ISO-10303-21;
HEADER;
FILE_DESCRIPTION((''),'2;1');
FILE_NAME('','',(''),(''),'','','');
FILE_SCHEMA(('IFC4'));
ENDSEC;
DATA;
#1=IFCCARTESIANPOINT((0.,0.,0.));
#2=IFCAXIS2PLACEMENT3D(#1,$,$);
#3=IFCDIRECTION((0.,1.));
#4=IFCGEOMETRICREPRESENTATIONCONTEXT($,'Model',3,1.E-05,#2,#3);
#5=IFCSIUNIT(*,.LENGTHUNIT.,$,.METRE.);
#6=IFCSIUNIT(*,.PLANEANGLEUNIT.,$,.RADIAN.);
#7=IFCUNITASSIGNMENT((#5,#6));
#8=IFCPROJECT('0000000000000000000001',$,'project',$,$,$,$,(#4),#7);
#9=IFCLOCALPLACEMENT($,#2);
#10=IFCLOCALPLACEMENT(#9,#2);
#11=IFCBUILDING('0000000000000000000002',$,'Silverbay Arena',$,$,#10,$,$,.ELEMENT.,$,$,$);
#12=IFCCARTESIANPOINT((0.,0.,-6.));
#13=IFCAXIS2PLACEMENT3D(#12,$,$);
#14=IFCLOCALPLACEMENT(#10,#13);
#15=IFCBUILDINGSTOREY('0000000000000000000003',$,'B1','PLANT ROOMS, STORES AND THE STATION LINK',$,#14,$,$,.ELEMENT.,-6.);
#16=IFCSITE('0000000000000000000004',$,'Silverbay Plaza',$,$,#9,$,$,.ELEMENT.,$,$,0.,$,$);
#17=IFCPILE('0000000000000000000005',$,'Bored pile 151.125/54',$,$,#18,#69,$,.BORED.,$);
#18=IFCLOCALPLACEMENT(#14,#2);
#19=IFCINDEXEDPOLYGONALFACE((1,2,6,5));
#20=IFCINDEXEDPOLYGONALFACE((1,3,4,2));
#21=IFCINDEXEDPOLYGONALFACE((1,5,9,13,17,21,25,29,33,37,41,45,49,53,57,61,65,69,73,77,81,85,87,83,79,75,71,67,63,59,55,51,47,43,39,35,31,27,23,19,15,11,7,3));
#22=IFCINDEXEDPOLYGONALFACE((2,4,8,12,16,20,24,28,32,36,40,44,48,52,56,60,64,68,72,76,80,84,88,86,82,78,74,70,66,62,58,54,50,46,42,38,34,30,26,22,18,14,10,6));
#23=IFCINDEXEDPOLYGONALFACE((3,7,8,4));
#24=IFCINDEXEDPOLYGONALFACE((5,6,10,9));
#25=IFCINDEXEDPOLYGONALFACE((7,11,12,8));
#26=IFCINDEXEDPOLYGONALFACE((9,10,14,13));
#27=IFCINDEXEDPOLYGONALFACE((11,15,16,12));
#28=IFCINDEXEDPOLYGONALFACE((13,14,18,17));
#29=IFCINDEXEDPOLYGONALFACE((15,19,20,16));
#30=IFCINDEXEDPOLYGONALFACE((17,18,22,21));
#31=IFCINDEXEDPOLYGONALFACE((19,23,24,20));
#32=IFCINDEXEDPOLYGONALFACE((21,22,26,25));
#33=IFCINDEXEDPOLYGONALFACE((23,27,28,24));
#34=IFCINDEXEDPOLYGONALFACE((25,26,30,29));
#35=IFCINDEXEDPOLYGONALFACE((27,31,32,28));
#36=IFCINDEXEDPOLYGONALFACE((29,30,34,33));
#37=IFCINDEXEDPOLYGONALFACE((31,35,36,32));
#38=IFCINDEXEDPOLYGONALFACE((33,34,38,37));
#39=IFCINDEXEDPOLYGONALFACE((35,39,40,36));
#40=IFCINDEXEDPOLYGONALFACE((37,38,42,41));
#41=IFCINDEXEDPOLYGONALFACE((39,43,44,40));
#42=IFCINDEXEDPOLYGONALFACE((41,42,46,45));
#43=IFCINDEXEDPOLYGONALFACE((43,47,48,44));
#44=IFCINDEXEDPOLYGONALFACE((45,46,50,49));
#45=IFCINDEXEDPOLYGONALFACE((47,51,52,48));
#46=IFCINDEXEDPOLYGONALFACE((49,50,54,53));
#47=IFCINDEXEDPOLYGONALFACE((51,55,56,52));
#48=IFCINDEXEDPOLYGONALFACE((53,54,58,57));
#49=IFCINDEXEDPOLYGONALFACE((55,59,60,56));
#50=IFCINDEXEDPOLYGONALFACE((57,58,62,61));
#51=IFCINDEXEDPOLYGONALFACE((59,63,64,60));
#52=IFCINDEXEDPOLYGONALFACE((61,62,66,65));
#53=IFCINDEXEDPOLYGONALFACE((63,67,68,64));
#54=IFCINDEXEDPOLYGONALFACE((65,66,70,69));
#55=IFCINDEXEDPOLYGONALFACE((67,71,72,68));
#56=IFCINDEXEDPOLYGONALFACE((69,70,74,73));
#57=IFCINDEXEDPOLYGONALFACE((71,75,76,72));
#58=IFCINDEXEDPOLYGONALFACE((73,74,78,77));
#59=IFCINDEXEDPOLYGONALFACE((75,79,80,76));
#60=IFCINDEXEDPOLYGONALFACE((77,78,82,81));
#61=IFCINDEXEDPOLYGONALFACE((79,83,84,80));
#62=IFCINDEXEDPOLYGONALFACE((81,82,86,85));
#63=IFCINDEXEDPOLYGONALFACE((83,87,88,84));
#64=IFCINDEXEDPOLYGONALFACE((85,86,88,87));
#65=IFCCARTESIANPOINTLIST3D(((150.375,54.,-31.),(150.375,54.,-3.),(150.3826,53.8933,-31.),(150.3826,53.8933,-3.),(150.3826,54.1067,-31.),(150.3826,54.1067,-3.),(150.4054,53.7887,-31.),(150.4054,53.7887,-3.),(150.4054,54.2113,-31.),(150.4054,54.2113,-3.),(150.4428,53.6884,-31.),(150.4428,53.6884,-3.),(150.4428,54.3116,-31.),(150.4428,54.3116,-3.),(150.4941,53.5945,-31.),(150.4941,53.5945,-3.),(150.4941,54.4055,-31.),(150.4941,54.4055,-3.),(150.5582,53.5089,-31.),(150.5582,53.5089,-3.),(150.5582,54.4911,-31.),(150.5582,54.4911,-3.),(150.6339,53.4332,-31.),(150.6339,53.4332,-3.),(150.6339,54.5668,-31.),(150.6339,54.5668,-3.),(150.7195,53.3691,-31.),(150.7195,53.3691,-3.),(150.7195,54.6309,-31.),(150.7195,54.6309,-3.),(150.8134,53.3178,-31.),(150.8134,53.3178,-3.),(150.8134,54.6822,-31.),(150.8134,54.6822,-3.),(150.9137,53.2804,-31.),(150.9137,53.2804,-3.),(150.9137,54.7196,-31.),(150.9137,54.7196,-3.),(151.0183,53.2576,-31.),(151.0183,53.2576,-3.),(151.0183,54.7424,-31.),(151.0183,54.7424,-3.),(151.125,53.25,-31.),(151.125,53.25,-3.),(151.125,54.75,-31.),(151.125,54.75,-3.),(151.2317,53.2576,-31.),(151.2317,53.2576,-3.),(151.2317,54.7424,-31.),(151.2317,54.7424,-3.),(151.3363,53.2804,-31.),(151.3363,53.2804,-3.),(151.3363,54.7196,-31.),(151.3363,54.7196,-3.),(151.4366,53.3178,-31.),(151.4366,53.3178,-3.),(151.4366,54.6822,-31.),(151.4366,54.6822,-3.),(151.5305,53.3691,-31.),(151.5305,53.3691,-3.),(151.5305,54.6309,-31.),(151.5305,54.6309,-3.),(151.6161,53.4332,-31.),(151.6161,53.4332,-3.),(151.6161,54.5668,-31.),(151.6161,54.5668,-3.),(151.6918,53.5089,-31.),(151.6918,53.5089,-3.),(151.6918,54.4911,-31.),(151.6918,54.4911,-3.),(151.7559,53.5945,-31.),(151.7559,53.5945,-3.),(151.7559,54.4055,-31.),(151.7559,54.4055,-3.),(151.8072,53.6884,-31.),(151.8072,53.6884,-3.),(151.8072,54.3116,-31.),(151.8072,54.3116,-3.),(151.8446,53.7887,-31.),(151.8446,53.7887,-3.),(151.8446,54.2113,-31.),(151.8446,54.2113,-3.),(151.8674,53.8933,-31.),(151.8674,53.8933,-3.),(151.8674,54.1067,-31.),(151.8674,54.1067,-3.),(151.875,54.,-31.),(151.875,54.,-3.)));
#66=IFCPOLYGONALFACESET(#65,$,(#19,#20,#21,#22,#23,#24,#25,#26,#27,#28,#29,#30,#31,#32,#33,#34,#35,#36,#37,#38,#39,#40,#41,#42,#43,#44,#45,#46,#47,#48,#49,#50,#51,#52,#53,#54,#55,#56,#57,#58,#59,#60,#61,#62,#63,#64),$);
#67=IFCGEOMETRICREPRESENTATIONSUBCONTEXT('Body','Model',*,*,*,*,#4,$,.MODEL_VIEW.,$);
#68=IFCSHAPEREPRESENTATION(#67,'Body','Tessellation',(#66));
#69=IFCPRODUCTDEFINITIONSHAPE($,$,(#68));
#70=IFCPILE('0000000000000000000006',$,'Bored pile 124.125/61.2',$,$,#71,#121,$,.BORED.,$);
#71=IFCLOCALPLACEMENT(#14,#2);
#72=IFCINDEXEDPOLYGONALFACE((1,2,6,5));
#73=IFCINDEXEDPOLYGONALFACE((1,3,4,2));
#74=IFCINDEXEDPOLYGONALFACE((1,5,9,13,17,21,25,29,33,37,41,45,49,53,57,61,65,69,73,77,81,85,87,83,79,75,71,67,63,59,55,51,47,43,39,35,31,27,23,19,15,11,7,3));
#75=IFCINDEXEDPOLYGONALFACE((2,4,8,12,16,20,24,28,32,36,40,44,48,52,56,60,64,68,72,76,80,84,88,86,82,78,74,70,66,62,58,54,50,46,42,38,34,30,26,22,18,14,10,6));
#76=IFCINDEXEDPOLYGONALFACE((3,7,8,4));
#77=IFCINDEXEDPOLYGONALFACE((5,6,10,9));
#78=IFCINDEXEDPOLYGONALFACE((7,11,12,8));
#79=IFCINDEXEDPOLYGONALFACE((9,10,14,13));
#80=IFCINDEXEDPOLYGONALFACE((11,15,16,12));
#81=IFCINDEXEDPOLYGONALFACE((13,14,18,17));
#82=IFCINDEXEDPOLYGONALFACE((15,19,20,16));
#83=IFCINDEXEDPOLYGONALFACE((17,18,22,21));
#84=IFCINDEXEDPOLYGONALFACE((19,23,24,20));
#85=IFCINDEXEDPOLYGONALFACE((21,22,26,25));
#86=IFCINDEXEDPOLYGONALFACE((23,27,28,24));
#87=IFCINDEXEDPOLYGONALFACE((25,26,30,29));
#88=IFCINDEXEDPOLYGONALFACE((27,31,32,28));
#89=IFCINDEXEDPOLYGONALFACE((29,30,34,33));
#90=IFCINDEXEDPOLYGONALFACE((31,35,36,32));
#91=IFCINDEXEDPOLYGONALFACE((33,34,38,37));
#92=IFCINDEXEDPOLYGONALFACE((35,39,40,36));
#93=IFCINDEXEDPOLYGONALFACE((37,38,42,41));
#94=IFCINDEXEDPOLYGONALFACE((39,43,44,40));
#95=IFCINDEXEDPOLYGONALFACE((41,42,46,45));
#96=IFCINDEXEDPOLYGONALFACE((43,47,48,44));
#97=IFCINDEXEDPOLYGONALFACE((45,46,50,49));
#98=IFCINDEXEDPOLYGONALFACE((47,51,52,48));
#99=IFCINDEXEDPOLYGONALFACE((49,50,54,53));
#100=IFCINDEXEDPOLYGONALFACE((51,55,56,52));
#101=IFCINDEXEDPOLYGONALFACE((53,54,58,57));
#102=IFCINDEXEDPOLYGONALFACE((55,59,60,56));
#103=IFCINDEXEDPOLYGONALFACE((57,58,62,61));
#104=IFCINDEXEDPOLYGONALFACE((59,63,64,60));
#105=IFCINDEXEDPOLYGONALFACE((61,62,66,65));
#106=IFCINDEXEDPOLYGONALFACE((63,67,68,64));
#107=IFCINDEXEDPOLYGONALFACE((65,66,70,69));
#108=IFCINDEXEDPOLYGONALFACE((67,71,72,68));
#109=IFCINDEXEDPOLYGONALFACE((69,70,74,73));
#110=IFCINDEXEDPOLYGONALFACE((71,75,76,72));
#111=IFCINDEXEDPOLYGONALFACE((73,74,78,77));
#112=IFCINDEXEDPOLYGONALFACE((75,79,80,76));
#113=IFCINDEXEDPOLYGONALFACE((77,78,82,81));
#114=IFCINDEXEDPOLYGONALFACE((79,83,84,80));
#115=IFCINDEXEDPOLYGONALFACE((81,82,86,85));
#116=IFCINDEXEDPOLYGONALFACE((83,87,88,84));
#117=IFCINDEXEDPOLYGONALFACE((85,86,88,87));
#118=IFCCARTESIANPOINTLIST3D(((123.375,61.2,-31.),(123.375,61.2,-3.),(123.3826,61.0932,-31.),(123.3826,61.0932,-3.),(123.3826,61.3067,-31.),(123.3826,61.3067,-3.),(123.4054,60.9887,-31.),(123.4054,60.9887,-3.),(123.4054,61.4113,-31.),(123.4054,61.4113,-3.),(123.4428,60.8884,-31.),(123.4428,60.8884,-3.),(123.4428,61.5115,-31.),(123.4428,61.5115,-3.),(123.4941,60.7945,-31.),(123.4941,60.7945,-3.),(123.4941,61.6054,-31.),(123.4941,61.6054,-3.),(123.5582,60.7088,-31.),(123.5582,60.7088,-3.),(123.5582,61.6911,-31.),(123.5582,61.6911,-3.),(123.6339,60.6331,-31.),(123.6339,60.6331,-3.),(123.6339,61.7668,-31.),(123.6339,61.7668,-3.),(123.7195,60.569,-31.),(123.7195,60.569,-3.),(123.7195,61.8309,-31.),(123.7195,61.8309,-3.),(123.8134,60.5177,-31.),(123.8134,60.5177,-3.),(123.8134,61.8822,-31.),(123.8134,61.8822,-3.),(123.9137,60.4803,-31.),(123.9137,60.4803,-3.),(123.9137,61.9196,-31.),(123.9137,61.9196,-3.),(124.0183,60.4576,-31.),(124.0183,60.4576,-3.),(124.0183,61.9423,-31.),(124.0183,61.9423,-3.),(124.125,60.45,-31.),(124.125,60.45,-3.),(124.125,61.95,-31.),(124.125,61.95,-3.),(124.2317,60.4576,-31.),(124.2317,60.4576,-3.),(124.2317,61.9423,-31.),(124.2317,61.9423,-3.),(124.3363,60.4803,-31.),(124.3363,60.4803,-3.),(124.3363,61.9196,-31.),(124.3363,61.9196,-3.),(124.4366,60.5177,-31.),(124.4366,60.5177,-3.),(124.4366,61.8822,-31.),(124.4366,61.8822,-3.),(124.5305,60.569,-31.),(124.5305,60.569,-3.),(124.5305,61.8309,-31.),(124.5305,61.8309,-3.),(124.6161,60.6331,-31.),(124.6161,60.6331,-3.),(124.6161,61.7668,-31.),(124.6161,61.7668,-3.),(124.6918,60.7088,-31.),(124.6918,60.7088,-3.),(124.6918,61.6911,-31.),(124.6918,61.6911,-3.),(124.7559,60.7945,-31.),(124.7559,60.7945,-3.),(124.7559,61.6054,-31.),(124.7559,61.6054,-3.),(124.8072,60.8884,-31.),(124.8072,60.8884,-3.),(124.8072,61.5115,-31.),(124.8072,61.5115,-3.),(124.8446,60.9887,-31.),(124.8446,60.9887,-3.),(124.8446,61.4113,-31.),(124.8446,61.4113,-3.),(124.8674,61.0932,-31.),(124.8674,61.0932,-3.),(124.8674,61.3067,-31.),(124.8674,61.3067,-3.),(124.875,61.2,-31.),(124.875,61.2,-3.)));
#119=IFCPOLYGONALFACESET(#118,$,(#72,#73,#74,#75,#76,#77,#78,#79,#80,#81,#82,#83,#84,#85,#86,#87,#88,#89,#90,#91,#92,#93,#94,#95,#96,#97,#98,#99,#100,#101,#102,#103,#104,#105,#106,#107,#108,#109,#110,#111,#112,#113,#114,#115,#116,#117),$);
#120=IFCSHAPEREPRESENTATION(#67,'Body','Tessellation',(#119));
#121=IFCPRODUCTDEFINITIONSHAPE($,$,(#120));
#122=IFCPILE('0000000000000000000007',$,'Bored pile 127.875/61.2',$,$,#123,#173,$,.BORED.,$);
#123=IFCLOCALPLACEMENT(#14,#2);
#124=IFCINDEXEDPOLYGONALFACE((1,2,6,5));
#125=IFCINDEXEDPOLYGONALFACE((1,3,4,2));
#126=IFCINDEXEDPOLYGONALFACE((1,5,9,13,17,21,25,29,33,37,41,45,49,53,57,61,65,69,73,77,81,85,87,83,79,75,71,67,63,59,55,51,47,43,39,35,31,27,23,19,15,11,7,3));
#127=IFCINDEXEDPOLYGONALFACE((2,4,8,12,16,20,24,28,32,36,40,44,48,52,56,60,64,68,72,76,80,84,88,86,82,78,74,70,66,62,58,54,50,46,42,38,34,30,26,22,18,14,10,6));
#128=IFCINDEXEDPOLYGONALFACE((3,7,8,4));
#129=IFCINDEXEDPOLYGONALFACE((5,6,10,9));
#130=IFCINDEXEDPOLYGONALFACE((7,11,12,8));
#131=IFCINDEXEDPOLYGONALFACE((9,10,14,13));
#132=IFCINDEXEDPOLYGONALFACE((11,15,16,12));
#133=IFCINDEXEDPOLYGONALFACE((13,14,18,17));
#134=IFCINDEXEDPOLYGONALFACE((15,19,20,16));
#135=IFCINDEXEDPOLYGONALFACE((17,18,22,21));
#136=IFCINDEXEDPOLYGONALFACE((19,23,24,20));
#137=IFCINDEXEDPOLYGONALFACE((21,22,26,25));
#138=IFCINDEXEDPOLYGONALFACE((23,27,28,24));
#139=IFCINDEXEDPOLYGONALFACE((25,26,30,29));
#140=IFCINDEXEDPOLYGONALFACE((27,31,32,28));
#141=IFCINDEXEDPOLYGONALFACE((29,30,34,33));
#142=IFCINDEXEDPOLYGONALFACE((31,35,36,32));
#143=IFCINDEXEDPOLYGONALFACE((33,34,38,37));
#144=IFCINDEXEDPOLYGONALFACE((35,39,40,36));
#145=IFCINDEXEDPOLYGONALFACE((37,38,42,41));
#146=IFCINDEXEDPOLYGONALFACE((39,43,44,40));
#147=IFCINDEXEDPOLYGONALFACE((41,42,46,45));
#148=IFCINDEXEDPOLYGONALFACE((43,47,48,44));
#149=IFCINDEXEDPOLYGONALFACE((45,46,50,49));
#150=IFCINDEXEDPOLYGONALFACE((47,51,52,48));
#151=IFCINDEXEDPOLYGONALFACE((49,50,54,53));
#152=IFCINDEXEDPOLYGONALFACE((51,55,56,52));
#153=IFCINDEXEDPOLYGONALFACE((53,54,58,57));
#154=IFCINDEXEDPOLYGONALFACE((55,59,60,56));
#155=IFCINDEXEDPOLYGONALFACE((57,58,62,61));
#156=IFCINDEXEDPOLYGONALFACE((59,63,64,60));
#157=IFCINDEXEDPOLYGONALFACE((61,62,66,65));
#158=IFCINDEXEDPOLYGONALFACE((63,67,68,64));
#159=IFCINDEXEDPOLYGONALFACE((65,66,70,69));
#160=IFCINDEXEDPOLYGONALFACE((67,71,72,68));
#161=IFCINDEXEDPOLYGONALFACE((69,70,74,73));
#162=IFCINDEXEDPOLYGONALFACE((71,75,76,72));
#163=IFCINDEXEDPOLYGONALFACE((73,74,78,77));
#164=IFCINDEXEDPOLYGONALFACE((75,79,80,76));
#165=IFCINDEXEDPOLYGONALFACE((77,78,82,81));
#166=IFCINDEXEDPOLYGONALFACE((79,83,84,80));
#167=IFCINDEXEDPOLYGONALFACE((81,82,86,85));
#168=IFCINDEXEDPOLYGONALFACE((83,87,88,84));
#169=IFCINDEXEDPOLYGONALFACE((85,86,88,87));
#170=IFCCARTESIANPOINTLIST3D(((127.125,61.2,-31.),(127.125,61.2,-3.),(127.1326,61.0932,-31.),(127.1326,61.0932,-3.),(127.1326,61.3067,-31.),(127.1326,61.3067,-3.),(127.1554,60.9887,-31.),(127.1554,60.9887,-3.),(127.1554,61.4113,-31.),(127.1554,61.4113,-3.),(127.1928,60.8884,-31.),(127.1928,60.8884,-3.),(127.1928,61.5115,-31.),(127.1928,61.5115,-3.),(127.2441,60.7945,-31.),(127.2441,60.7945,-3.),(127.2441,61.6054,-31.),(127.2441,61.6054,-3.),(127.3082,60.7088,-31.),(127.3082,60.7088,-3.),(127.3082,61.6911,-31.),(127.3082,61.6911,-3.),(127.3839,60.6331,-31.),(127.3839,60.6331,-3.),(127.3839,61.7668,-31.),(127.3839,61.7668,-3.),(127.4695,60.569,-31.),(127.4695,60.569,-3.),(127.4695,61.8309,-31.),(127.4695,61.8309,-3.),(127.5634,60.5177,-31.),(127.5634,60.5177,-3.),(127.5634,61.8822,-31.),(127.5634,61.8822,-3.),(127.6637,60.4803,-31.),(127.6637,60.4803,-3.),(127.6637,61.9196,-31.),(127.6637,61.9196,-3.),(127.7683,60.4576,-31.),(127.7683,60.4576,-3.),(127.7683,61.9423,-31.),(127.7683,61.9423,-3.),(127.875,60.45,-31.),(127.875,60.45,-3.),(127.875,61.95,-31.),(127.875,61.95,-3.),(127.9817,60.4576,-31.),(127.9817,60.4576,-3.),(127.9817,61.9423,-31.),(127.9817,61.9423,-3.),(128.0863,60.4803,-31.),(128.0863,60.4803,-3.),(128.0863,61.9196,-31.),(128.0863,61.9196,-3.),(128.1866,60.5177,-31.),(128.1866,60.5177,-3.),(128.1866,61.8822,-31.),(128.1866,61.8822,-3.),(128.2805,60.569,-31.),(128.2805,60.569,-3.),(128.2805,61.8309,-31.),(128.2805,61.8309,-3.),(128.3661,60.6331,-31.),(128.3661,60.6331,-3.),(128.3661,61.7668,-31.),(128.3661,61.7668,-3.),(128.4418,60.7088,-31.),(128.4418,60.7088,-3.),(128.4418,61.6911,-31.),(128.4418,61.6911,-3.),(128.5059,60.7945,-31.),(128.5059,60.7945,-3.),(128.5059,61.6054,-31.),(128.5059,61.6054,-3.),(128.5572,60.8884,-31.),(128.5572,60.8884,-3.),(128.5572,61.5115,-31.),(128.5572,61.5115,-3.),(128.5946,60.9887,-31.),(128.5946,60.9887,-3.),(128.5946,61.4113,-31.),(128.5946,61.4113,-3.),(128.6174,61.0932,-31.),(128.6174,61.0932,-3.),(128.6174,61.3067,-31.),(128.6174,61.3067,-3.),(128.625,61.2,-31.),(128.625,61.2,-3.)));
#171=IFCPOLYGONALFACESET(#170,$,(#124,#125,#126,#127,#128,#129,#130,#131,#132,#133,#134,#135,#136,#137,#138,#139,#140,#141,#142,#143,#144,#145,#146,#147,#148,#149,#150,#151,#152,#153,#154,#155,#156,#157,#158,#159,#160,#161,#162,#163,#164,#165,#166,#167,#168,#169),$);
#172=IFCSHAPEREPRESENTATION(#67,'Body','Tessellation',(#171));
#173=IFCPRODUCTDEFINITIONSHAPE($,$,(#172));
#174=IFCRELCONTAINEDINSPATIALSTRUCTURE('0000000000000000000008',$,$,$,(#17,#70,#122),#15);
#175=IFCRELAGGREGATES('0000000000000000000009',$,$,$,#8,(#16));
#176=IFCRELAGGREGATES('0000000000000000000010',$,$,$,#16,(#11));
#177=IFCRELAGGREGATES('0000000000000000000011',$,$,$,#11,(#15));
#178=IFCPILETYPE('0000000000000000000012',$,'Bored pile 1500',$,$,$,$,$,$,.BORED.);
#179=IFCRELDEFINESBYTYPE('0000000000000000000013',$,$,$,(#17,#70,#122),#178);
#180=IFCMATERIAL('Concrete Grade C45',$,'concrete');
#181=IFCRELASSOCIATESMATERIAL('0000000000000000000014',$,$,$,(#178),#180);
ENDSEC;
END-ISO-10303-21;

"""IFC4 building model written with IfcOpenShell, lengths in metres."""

from ifc_helpers import new_model, si_unit, direction, frame, origin, origin_2d, place, context, subcontext, project, spatial, circle, extrude, material, material_profile, profile_set, type_object, element, save


model = new_model("IFC4")

# Units and contexts
model_context = context("Model", 3, precision=1e-05, world=origin(), true_north=direction((0.0, 1.0)))
body_context = subcontext(model_context, "Body", "Model", "MODEL_VIEW")
ifc_project = project(units=[si_unit("LENGTHUNIT", "METRE"), si_unit("PLANEANGLEUNIT", "RADIAN")], contexts=[model_context])

# Site, building, storey
site_placement = place(None, origin())
site = spatial("IfcSite", under=ifc_project, at=site_placement, Name="Silverbay Plaza", CompositionType="ELEMENT", RefElevation=0.0)
building_placement = place(site_placement, origin())
building = spatial("IfcBuilding", under=site, at=building_placement, Name="Silverbay Arena", CompositionType="ELEMENT")
storey_placement = place(building_placement, frame((0.0, 0.0, -6.0)))
storey = spatial("IfcBuildingStorey", under=building, at=storey_placement, Name="B1", Description="PLANT ROOMS, STORES AND THE STATION LINK", CompositionType="ELEMENT", Elevation=-6.0)

# Piles
ifc_material_1 = material(Name="Concrete Grade C45", Category="concrete")
ifc_material_profile_1 = material_profile(ifc_material_1, circle(Radius=0.75, at=origin_2d()), Name="Bored pile 1500")
ifc_profile_set_1 = profile_set([ifc_material_profile_1], Name="Concrete Grade C45")
pile_type = type_object("IfcPileType", Name="Bored pile 1500", PredefinedType="BORED", material=ifc_profile_set_1)
for number, where, z_axis, x_axis, name in (
    (1, (151.125, 54.0, -3.0), (0.0, 0.0, -1.0), (1.0, 0.0, 0.0), "Bored pile 151.125/54"),
    (2, (124.125, 61.2, -3.0), (0.0, 0.0, -1.0), (1.0, 0.0, 0.0), "Bored pile 124.125/61.2"),
    (3, (127.875, 61.2, -3.0), (0.0, 0.0, -1.0), (1.0, 0.0, 0.0), "Bored pile 127.875/61.2"),
):
    element("IfcPile", number, at=place(storey_placement, frame(where, z_axis=z_axis, x_axis=x_axis)), inside=storey, type_object=pile_type, Name=name, PredefinedType="BORED", context=body_context, shape_type="SweptSolid", body=[
        extrude(circle(Radius=0.75, at=origin_2d()), origin(), (0.0, 0.0, 1.0), 28.0),
    ])

save(model, "model.ifc")
